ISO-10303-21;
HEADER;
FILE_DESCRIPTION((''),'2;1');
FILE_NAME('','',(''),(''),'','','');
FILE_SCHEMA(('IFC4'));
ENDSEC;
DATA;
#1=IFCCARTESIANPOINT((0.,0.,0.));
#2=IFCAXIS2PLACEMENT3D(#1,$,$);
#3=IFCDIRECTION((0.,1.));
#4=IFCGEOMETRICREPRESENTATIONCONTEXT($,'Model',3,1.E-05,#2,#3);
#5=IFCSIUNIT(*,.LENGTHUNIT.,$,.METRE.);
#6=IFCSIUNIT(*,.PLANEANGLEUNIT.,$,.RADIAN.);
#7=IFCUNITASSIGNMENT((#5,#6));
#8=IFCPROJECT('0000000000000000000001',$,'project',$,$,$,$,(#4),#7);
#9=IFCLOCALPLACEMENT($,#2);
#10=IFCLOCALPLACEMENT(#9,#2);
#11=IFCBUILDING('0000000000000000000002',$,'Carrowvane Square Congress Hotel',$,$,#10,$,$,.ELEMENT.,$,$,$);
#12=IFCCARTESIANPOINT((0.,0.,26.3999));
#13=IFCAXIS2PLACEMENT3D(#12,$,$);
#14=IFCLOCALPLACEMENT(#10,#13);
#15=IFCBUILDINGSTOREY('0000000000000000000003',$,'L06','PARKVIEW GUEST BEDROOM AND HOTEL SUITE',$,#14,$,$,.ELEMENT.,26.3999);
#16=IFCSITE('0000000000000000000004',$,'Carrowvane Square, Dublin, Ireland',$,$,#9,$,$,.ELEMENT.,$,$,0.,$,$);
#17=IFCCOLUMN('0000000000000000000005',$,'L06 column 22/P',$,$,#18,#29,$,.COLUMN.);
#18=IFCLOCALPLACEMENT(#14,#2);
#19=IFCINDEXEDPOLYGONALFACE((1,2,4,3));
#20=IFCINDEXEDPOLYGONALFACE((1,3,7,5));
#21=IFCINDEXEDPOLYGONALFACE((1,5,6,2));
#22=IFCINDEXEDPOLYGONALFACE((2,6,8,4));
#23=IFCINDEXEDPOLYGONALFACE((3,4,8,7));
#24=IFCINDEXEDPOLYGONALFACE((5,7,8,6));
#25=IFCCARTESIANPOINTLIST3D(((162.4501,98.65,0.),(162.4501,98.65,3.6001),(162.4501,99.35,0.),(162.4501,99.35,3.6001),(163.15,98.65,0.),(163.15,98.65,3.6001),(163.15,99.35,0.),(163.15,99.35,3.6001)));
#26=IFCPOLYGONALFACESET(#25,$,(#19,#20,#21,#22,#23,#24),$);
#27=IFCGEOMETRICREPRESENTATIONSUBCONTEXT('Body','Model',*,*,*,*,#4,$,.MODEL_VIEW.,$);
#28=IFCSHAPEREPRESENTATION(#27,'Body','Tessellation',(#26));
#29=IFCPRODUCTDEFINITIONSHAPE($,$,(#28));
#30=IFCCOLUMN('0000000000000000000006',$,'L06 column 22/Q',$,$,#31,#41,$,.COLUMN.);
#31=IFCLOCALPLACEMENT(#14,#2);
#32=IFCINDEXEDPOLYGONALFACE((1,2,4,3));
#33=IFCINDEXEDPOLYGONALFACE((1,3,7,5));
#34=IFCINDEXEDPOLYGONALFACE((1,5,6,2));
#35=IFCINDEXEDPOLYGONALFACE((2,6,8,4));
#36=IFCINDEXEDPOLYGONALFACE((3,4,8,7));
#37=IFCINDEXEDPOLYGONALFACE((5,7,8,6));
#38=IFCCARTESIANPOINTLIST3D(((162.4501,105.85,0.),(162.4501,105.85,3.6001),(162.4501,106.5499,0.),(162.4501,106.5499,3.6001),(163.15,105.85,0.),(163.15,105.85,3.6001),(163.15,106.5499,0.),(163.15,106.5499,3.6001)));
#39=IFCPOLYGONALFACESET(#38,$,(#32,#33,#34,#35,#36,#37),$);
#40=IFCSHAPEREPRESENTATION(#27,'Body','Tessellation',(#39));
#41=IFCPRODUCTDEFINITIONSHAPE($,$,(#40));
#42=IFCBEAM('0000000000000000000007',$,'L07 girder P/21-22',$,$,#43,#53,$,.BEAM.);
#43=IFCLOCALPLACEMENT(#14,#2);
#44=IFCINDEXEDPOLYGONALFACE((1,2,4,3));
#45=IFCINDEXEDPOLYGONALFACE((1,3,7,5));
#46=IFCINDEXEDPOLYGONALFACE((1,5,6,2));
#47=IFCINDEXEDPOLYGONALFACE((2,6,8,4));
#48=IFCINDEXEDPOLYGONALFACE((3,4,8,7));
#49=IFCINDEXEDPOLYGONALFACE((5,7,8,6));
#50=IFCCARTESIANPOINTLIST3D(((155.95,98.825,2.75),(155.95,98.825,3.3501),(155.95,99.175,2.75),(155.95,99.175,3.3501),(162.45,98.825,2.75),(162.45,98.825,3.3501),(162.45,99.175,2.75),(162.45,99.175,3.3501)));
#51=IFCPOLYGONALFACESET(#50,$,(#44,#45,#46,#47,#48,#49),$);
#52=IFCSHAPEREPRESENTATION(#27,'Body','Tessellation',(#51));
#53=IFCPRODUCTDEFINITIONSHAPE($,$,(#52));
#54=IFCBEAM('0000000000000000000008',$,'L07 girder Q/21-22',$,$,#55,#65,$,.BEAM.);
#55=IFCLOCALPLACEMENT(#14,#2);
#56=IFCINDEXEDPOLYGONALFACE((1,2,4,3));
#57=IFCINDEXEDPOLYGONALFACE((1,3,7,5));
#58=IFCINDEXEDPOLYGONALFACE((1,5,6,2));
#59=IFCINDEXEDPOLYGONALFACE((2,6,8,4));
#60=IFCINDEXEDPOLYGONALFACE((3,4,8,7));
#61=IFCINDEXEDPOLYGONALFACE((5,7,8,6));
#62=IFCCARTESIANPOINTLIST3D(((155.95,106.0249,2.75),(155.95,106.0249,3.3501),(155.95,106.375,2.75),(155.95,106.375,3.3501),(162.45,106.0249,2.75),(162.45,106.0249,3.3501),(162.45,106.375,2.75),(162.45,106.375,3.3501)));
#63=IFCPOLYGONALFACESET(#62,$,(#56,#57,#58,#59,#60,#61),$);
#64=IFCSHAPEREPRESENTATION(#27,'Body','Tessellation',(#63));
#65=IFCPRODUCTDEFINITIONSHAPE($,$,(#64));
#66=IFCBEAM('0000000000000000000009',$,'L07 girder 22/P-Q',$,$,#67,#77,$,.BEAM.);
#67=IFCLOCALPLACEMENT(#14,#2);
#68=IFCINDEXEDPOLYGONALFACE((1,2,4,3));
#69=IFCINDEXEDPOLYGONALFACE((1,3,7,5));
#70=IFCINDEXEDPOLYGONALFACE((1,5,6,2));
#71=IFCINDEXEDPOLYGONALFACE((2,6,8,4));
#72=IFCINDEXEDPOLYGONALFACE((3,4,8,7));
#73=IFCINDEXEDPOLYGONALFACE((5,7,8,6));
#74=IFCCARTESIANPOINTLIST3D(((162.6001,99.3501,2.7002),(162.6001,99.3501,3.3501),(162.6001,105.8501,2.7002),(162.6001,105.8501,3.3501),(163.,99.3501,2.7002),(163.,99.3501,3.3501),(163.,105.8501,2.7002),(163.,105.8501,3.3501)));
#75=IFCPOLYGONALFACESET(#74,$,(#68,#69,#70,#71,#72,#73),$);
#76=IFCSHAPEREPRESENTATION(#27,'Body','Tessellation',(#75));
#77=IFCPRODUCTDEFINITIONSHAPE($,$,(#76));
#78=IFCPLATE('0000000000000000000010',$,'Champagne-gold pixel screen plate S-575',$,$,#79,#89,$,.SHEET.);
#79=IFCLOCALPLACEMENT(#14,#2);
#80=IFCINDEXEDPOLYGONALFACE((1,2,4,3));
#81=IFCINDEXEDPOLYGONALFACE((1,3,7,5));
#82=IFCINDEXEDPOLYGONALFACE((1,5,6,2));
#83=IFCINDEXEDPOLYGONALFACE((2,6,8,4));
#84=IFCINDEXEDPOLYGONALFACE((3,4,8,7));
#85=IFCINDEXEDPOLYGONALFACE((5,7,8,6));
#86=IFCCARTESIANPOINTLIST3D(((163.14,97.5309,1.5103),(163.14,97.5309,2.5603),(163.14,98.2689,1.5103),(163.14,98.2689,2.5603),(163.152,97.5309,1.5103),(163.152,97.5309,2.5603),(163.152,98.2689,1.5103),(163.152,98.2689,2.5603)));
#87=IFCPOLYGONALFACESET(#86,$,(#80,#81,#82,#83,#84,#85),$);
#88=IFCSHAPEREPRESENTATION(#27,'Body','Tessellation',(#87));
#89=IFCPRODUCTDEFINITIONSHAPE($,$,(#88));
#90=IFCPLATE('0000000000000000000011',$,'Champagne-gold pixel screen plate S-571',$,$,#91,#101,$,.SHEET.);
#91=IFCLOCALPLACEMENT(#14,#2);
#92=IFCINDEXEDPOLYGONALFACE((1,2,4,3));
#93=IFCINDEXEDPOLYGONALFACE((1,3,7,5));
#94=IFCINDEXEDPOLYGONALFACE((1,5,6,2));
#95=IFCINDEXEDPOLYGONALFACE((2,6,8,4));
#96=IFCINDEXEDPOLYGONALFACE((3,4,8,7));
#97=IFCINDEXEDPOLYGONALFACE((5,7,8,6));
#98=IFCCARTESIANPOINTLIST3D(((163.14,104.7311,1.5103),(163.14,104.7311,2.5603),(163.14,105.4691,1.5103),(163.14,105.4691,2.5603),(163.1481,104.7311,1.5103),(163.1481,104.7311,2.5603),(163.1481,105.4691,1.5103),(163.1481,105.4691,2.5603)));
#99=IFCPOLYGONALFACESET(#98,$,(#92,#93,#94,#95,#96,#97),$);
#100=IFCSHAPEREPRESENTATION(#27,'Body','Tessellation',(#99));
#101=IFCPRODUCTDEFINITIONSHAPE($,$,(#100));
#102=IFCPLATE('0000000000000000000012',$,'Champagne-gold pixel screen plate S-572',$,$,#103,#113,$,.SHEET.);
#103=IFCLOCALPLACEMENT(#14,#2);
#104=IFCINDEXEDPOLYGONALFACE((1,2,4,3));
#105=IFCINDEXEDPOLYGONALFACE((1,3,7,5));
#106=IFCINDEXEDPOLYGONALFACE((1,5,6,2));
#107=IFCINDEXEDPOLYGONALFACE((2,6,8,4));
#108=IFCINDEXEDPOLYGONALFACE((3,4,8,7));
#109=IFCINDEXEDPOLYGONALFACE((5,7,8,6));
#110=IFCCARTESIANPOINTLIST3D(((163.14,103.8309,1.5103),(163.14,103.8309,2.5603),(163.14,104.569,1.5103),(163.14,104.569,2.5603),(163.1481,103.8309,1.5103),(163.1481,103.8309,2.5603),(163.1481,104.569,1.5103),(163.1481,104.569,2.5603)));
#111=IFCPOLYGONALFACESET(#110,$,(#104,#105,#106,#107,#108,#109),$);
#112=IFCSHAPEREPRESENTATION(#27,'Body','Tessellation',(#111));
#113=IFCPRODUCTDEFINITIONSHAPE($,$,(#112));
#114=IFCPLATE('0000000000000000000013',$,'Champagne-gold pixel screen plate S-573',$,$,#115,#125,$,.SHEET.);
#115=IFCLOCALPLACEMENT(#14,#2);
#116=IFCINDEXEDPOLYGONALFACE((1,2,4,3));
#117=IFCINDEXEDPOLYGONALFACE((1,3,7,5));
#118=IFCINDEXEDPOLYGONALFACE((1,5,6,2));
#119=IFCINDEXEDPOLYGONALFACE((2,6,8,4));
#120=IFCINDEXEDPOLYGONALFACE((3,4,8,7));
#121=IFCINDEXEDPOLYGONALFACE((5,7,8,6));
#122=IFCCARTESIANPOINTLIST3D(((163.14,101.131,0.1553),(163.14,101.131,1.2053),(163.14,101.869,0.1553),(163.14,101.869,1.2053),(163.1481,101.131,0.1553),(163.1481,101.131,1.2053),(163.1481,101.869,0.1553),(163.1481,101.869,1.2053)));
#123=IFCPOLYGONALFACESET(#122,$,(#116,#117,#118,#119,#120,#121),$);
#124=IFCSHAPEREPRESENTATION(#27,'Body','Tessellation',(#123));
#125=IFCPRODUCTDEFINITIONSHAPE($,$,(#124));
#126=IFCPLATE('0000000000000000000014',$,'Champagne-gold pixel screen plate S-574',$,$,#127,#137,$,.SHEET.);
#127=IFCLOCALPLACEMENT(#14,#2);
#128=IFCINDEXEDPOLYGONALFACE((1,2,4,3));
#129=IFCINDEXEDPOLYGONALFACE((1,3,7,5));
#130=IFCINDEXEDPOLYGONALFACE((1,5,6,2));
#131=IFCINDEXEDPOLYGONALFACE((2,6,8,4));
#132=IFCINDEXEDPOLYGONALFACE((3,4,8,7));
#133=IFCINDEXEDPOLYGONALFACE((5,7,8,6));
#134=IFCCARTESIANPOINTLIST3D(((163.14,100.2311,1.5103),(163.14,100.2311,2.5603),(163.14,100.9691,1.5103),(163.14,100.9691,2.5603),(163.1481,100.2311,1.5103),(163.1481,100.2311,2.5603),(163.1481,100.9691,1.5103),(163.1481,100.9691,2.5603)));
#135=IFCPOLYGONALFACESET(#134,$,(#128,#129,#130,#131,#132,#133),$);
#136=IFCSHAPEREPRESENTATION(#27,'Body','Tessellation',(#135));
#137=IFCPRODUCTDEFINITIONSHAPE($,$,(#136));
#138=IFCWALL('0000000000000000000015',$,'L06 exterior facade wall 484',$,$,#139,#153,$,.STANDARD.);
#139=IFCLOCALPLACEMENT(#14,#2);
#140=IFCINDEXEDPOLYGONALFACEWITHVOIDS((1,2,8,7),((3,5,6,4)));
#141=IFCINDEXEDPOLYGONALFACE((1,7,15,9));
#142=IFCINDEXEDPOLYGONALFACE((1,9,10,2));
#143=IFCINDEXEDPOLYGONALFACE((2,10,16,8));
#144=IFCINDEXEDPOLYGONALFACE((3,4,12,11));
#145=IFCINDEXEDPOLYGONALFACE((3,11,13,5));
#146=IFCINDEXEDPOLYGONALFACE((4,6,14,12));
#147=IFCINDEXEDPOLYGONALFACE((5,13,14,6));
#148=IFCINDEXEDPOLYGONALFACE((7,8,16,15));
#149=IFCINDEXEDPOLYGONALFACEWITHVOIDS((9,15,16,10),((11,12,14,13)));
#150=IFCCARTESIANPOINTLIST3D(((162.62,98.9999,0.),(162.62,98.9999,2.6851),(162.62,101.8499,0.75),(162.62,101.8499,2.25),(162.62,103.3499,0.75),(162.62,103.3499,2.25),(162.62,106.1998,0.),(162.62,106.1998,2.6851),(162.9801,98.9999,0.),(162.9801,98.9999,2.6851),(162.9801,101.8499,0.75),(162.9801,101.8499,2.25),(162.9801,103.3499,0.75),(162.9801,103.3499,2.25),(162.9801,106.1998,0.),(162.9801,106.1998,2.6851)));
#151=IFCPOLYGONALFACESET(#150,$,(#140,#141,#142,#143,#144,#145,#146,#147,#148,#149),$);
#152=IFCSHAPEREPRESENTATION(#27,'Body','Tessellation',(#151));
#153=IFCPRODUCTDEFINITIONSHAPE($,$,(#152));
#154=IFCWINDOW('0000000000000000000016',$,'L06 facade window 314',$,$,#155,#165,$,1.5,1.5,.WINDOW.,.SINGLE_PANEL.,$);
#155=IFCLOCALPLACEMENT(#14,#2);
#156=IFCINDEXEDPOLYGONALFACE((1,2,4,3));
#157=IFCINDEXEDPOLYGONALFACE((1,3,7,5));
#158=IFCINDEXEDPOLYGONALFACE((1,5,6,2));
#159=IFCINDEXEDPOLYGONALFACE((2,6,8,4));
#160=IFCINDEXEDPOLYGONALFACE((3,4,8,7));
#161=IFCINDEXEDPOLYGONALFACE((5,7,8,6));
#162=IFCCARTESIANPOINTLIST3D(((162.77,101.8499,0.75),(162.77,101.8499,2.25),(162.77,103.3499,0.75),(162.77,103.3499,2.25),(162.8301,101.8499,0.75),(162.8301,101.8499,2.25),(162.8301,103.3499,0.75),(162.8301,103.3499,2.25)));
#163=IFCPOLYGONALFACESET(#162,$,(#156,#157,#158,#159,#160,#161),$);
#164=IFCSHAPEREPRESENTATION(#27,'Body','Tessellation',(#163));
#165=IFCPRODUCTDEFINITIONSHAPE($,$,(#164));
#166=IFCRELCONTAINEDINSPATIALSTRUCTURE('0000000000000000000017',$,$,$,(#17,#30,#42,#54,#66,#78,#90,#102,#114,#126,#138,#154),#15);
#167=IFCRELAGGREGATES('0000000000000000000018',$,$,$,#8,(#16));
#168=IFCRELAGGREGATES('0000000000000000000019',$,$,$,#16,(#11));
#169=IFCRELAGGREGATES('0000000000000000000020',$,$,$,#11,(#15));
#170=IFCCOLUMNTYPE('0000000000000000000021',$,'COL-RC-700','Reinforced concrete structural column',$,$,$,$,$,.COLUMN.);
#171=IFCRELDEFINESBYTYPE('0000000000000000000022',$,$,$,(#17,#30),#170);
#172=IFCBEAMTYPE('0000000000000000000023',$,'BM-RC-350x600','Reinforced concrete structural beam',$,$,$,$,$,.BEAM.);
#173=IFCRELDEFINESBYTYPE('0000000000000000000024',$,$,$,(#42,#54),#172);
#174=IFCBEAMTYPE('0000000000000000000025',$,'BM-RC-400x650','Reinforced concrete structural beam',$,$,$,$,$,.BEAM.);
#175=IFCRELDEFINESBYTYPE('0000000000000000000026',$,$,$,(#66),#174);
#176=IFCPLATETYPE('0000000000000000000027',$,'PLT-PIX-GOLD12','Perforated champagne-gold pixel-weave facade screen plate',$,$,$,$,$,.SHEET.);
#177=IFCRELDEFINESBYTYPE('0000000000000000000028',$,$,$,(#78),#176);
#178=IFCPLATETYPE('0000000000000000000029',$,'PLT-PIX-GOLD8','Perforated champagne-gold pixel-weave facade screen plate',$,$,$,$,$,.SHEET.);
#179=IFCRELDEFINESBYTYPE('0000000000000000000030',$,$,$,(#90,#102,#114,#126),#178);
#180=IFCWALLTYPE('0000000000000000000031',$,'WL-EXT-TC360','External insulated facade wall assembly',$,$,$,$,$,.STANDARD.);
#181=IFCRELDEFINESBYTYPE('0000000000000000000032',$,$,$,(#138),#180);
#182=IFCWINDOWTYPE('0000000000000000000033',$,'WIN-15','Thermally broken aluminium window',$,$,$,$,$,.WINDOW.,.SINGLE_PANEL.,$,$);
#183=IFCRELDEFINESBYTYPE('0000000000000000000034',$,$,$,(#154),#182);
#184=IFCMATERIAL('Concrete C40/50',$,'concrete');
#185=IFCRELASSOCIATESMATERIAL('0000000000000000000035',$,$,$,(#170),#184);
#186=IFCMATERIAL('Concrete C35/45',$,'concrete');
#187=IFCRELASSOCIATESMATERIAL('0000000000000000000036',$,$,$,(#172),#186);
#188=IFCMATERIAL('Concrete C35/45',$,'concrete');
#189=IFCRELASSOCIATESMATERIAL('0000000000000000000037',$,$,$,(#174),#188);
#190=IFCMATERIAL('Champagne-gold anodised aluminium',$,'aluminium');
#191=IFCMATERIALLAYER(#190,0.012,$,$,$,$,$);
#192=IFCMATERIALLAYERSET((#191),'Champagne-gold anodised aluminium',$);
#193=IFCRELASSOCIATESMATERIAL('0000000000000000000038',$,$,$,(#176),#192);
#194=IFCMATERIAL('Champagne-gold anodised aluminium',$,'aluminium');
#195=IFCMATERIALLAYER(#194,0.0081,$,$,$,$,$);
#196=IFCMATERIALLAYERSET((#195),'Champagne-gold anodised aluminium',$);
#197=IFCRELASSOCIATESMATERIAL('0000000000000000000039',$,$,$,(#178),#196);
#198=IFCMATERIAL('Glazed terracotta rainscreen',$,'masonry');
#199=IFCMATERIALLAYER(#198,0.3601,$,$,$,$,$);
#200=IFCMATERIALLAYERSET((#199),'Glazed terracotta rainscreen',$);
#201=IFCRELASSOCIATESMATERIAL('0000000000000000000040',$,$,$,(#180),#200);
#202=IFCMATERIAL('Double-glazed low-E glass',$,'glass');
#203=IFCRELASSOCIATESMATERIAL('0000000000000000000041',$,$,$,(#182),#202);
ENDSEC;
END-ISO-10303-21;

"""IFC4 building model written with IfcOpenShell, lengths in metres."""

from ifc_helpers import new_model, si_unit, direction, frame, frame_2d, origin, origin_2d, place, context, subcontext, project, spatial, rectangle, extrude, material, layer, layer_set, material_profile, profile_set, type_object, element, fill, save


model = new_model("IFC4")

# Units and contexts
model_context = context("Model", 3, precision=1e-05, world=origin(), true_north=direction((0.0, 1.0)))
body_context = subcontext(model_context, "Body", "Model", "MODEL_VIEW")
ifc_project = project(units=[si_unit("LENGTHUNIT", "METRE"), si_unit("PLANEANGLEUNIT", "RADIAN")], contexts=[model_context])

# Site, building, storey
site_placement = place(None, origin())
site = spatial("IfcSite", under=ifc_project, at=site_placement, Name="Carrowvane Square, Dublin, Ireland", CompositionType="ELEMENT", RefElevation=0.0)
building_placement = place(site_placement, origin())
building = spatial("IfcBuilding", under=site, at=building_placement, Name="Carrowvane Square Congress Hotel", CompositionType="ELEMENT")
storey_placement = place(building_placement, frame((0.0, 0.0, 26.3999)))
storey = spatial("IfcBuildingStorey", under=building, at=storey_placement, Name="L06", Description="PARKVIEW GUEST BEDROOM AND HOTEL SUITE", CompositionType="ELEMENT", Elevation=26.3999)

# Columns
ifc_material_1 = material(Name="Concrete C40/50", Category="concrete")
ifc_material_profile_1 = material_profile(ifc_material_1, rectangle(XDim=0.7, YDim=0.7, at=origin_2d()), Name="RC 700x700")
ifc_profile_set_1 = profile_set([ifc_material_profile_1], Name="Concrete C40/50")
column_type = type_object("IfcColumnType", Name="COL-RC-700", Description="Reinforced concrete structural column", PredefinedType="COLUMN", material=ifc_profile_set_1)
for number, where, z_axis, x_axis, name in (
    (1, (162.8, 99.0, 0.0), (0.0, 0.0, 1.0), (1.0, 0.0, 0.0), "L06 column 22/P"),
    (2, (162.8, 106.2, 0.0), (0.0, 0.0, 1.0), (1.0, 0.0, 0.0), "L06 column 22/Q"),
):
    element("IfcColumn", number, at=place(storey_placement, frame(where, z_axis=z_axis, x_axis=x_axis)), inside=storey, type_object=column_type, Name=name, PredefinedType="COLUMN", context=body_context, shape_type="SweptSolid", body=[
        extrude(rectangle(XDim=0.7, YDim=0.7, at=origin_2d()), origin(), (0.0, 0.0, 1.0), 3.6001),
    ])

# Beams
ifc_material_2 = material(Name="Concrete C35/45", Category="concrete")
ifc_material_profile_2 = material_profile(ifc_material_2, rectangle(XDim=0.3501, YDim=0.6001, at=origin_2d()), Name="RC 350x600")
ifc_profile_set_2 = profile_set([ifc_material_profile_2], Name="Concrete C35/45")
beam_type_1 = type_object("IfcBeamType", Name="BM-RC-350x600", Description="Reinforced concrete structural beam", PredefinedType="BEAM", material=ifc_profile_set_2)
for number, where, z_axis, x_axis, name in (
    (3, (155.95, 99.0, 3.05), (1.0, 0.0, 0.0), (0.0, 1.0, 0.0), "L07 girder P/21-22"),
    (4, (155.95, 106.2, 3.05), (1.0, 0.0, 0.0), (0.0, 1.0, 0.0), "L07 girder Q/21-22"),
):
    element("IfcBeam", number, at=place(storey_placement, frame(where, z_axis=z_axis, x_axis=x_axis)), inside=storey, type_object=beam_type_1, Name=name, PredefinedType="BEAM", context=body_context, shape_type="SweptSolid", body=[
        extrude(rectangle(XDim=0.3501, YDim=0.6001, at=origin_2d()), origin(), (0.0, 0.0, 1.0), 6.5),
    ])
ifc_material_3 = material(Name="Concrete C35/45", Category="concrete")
ifc_material_profile_3 = material_profile(ifc_material_3, rectangle(XDim=0.3999, YDim=0.6499, at=origin_2d()), Name="RC 400x650")
ifc_profile_set_3 = profile_set([ifc_material_profile_3], Name="Concrete C35/45")
beam_type_2 = type_object("IfcBeamType", Name="BM-RC-400x650", Description="Reinforced concrete structural beam", PredefinedType="BEAM", material=ifc_profile_set_3)
beam_placement = place(storey_placement, frame((162.8, 99.3501, 3.0251), z_axis=(0.0, 1.0, 0.0), x_axis=(-1.0, 0.0, 0.0)))
element("IfcBeam", 5, at=beam_placement, inside=storey, type_object=beam_type_2, Name="L07 girder 22/P-Q", PredefinedType="BEAM", context=body_context, shape_type="SweptSolid", body=[
    extrude(rectangle(XDim=0.3999, YDim=0.6499, at=origin_2d()), origin(), (0.0, 0.0, 1.0), 6.5),
])

# Plates
ifc_material_4 = material(Name="Champagne-gold anodised aluminium", Category="aluminium")
ifc_layer_1 = layer(ifc_material_4, 0.012)
ifc_layer_set_1 = layer_set([ifc_layer_1], Name="Champagne-gold anodised aluminium")
plate_type_1 = type_object("IfcPlateType", Name="PLT-PIX-GOLD12", Description="Perforated champagne-gold pixel-weave facade screen plate", PredefinedType="SHEET", material=ifc_layer_set_1)
plate_placement = place(storey_placement, frame((163.146, 97.8999, 1.5103), z_axis=(0.0, 0.0, 1.0), x_axis=(0.0, -1.0, 0.0)))
element("IfcPlate", 6, at=plate_placement, inside=storey, type_object=plate_type_1, Name="Champagne-gold pixel screen plate S-575", PredefinedType="SHEET", context=body_context, shape_type="SweptSolid", body=[
    extrude(rectangle(XDim=0.738, YDim=0.012, at=origin_2d()), origin(), (0.0, 0.0, 1.0), 1.05),
])
ifc_material_5 = material(Name="Champagne-gold anodised aluminium", Category="aluminium")
ifc_layer_2 = layer(ifc_material_5, 0.0081)
ifc_layer_set_2 = layer_set([ifc_layer_2], Name="Champagne-gold anodised aluminium")
plate_type_2 = type_object("IfcPlateType", Name="PLT-PIX-GOLD8", Description="Perforated champagne-gold pixel-weave facade screen plate", PredefinedType="SHEET", material=ifc_layer_set_2)
for number, where, z_axis, x_axis, name in (
    (7, (163.144, 105.1001, 1.5103), (0.0, 0.0, 1.0), (0.0, -1.0, 0.0), "Champagne-gold pixel screen plate S-571"),
    (8, (163.144, 104.2, 1.5103), (0.0, 0.0, 1.0), (0.0, -1.0, 0.0), "Champagne-gold pixel screen plate S-572"),
    (9, (163.144, 101.5, 0.1553), (0.0, 0.0, 1.0), (0.0, -1.0, 0.0), "Champagne-gold pixel screen plate S-573"),
    (10, (163.144, 100.6001, 1.5103), (0.0, 0.0, 1.0), (0.0, -1.0, 0.0), "Champagne-gold pixel screen plate S-574"),
):
    element("IfcPlate", number, at=place(storey_placement, frame(where, z_axis=z_axis, x_axis=x_axis)), inside=storey, type_object=plate_type_2, Name=name, PredefinedType="SHEET", context=body_context, shape_type="SweptSolid", body=[
        extrude(rectangle(XDim=0.738, YDim=0.0081, at=origin_2d()), origin(), (0.0, 0.0, 1.0), 1.05),
    ])

# Wall, opening, window
ifc_material_6 = material(Name="Glazed terracotta rainscreen", Category="masonry")
ifc_layer_3 = layer(ifc_material_6, 0.3601)
ifc_layer_set_3 = layer_set([ifc_layer_3], Name="Glazed terracotta rainscreen")
wall_type_1 = type_object("IfcWallType", Name="WL-EXT-TC360", Description="External insulated facade wall assembly", PredefinedType="STANDARD", material=ifc_layer_set_3)
wall_1_placement = place(storey_placement, frame((162.8, 106.2, 0.0), z_axis=(0.0, 0.0, 1.0), x_axis=(0.0, -1.0, 0.0)))
wall_1 = element("IfcWall", 11, at=wall_1_placement, inside=storey, type_object=wall_type_1, Name="L06 exterior facade wall 484", PredefinedType="STANDARD", context=body_context, shape_type="SweptSolid", body=[
    extrude(rectangle(XDim=7.2, YDim=0.3601, at=frame_2d((3.6001, 0.0))), origin(), (0.0, 0.0, 1.0), 2.6851),
])
opening_1_placement = place(wall_1_placement, frame((2.8501, 0.0, 0.75)))
opening_1 = element("IfcOpeningElement", 12, at=opening_1_placement, cuts=wall_1, PredefinedType="OPENING", context=body_context, shape_type="SweptSolid", body=[
    extrude(rectangle(XDim=1.5, YDim=1.5, at=frame_2d((0.75, 0.75))), frame((0.0, 0.1899, 0.0), z_axis=(0.0, -1.0, 0.0), x_axis=(1.0, 0.0, 0.0)), (0.0, 0.0, 1.0), 0.3801),
])
ifc_material_7 = material(Name="Double-glazed low-E glass", Category="glass")
window_type = type_object("IfcWindowType", Name="WIN-15", Description="Thermally broken aluminium window", PartitioningType="SINGLE_PANEL", PredefinedType="WINDOW", material=ifc_material_7)
window_1_placement = place(opening_1_placement, origin())
window_1 = element("IfcWindow", 13, at=window_1_placement, inside=storey, type_object=window_type, Name="L06 facade window 314", OverallHeight=1.5, OverallWidth=1.5, PartitioningType="SINGLE_PANEL", PredefinedType="WINDOW", context=body_context, shape_type="SweptSolid", body=[
    extrude(rectangle(XDim=1.5, YDim=1.5, at=frame_2d((0.75, 0.75))), frame((0.0, 0.03, 0.0), z_axis=(0.0, -1.0, 0.0), x_axis=(1.0, 0.0, 0.0)), (0.0, 0.0, 1.0), 0.0601),
])
fill(opening_1, window_1)

save(model, "model.ifc")
